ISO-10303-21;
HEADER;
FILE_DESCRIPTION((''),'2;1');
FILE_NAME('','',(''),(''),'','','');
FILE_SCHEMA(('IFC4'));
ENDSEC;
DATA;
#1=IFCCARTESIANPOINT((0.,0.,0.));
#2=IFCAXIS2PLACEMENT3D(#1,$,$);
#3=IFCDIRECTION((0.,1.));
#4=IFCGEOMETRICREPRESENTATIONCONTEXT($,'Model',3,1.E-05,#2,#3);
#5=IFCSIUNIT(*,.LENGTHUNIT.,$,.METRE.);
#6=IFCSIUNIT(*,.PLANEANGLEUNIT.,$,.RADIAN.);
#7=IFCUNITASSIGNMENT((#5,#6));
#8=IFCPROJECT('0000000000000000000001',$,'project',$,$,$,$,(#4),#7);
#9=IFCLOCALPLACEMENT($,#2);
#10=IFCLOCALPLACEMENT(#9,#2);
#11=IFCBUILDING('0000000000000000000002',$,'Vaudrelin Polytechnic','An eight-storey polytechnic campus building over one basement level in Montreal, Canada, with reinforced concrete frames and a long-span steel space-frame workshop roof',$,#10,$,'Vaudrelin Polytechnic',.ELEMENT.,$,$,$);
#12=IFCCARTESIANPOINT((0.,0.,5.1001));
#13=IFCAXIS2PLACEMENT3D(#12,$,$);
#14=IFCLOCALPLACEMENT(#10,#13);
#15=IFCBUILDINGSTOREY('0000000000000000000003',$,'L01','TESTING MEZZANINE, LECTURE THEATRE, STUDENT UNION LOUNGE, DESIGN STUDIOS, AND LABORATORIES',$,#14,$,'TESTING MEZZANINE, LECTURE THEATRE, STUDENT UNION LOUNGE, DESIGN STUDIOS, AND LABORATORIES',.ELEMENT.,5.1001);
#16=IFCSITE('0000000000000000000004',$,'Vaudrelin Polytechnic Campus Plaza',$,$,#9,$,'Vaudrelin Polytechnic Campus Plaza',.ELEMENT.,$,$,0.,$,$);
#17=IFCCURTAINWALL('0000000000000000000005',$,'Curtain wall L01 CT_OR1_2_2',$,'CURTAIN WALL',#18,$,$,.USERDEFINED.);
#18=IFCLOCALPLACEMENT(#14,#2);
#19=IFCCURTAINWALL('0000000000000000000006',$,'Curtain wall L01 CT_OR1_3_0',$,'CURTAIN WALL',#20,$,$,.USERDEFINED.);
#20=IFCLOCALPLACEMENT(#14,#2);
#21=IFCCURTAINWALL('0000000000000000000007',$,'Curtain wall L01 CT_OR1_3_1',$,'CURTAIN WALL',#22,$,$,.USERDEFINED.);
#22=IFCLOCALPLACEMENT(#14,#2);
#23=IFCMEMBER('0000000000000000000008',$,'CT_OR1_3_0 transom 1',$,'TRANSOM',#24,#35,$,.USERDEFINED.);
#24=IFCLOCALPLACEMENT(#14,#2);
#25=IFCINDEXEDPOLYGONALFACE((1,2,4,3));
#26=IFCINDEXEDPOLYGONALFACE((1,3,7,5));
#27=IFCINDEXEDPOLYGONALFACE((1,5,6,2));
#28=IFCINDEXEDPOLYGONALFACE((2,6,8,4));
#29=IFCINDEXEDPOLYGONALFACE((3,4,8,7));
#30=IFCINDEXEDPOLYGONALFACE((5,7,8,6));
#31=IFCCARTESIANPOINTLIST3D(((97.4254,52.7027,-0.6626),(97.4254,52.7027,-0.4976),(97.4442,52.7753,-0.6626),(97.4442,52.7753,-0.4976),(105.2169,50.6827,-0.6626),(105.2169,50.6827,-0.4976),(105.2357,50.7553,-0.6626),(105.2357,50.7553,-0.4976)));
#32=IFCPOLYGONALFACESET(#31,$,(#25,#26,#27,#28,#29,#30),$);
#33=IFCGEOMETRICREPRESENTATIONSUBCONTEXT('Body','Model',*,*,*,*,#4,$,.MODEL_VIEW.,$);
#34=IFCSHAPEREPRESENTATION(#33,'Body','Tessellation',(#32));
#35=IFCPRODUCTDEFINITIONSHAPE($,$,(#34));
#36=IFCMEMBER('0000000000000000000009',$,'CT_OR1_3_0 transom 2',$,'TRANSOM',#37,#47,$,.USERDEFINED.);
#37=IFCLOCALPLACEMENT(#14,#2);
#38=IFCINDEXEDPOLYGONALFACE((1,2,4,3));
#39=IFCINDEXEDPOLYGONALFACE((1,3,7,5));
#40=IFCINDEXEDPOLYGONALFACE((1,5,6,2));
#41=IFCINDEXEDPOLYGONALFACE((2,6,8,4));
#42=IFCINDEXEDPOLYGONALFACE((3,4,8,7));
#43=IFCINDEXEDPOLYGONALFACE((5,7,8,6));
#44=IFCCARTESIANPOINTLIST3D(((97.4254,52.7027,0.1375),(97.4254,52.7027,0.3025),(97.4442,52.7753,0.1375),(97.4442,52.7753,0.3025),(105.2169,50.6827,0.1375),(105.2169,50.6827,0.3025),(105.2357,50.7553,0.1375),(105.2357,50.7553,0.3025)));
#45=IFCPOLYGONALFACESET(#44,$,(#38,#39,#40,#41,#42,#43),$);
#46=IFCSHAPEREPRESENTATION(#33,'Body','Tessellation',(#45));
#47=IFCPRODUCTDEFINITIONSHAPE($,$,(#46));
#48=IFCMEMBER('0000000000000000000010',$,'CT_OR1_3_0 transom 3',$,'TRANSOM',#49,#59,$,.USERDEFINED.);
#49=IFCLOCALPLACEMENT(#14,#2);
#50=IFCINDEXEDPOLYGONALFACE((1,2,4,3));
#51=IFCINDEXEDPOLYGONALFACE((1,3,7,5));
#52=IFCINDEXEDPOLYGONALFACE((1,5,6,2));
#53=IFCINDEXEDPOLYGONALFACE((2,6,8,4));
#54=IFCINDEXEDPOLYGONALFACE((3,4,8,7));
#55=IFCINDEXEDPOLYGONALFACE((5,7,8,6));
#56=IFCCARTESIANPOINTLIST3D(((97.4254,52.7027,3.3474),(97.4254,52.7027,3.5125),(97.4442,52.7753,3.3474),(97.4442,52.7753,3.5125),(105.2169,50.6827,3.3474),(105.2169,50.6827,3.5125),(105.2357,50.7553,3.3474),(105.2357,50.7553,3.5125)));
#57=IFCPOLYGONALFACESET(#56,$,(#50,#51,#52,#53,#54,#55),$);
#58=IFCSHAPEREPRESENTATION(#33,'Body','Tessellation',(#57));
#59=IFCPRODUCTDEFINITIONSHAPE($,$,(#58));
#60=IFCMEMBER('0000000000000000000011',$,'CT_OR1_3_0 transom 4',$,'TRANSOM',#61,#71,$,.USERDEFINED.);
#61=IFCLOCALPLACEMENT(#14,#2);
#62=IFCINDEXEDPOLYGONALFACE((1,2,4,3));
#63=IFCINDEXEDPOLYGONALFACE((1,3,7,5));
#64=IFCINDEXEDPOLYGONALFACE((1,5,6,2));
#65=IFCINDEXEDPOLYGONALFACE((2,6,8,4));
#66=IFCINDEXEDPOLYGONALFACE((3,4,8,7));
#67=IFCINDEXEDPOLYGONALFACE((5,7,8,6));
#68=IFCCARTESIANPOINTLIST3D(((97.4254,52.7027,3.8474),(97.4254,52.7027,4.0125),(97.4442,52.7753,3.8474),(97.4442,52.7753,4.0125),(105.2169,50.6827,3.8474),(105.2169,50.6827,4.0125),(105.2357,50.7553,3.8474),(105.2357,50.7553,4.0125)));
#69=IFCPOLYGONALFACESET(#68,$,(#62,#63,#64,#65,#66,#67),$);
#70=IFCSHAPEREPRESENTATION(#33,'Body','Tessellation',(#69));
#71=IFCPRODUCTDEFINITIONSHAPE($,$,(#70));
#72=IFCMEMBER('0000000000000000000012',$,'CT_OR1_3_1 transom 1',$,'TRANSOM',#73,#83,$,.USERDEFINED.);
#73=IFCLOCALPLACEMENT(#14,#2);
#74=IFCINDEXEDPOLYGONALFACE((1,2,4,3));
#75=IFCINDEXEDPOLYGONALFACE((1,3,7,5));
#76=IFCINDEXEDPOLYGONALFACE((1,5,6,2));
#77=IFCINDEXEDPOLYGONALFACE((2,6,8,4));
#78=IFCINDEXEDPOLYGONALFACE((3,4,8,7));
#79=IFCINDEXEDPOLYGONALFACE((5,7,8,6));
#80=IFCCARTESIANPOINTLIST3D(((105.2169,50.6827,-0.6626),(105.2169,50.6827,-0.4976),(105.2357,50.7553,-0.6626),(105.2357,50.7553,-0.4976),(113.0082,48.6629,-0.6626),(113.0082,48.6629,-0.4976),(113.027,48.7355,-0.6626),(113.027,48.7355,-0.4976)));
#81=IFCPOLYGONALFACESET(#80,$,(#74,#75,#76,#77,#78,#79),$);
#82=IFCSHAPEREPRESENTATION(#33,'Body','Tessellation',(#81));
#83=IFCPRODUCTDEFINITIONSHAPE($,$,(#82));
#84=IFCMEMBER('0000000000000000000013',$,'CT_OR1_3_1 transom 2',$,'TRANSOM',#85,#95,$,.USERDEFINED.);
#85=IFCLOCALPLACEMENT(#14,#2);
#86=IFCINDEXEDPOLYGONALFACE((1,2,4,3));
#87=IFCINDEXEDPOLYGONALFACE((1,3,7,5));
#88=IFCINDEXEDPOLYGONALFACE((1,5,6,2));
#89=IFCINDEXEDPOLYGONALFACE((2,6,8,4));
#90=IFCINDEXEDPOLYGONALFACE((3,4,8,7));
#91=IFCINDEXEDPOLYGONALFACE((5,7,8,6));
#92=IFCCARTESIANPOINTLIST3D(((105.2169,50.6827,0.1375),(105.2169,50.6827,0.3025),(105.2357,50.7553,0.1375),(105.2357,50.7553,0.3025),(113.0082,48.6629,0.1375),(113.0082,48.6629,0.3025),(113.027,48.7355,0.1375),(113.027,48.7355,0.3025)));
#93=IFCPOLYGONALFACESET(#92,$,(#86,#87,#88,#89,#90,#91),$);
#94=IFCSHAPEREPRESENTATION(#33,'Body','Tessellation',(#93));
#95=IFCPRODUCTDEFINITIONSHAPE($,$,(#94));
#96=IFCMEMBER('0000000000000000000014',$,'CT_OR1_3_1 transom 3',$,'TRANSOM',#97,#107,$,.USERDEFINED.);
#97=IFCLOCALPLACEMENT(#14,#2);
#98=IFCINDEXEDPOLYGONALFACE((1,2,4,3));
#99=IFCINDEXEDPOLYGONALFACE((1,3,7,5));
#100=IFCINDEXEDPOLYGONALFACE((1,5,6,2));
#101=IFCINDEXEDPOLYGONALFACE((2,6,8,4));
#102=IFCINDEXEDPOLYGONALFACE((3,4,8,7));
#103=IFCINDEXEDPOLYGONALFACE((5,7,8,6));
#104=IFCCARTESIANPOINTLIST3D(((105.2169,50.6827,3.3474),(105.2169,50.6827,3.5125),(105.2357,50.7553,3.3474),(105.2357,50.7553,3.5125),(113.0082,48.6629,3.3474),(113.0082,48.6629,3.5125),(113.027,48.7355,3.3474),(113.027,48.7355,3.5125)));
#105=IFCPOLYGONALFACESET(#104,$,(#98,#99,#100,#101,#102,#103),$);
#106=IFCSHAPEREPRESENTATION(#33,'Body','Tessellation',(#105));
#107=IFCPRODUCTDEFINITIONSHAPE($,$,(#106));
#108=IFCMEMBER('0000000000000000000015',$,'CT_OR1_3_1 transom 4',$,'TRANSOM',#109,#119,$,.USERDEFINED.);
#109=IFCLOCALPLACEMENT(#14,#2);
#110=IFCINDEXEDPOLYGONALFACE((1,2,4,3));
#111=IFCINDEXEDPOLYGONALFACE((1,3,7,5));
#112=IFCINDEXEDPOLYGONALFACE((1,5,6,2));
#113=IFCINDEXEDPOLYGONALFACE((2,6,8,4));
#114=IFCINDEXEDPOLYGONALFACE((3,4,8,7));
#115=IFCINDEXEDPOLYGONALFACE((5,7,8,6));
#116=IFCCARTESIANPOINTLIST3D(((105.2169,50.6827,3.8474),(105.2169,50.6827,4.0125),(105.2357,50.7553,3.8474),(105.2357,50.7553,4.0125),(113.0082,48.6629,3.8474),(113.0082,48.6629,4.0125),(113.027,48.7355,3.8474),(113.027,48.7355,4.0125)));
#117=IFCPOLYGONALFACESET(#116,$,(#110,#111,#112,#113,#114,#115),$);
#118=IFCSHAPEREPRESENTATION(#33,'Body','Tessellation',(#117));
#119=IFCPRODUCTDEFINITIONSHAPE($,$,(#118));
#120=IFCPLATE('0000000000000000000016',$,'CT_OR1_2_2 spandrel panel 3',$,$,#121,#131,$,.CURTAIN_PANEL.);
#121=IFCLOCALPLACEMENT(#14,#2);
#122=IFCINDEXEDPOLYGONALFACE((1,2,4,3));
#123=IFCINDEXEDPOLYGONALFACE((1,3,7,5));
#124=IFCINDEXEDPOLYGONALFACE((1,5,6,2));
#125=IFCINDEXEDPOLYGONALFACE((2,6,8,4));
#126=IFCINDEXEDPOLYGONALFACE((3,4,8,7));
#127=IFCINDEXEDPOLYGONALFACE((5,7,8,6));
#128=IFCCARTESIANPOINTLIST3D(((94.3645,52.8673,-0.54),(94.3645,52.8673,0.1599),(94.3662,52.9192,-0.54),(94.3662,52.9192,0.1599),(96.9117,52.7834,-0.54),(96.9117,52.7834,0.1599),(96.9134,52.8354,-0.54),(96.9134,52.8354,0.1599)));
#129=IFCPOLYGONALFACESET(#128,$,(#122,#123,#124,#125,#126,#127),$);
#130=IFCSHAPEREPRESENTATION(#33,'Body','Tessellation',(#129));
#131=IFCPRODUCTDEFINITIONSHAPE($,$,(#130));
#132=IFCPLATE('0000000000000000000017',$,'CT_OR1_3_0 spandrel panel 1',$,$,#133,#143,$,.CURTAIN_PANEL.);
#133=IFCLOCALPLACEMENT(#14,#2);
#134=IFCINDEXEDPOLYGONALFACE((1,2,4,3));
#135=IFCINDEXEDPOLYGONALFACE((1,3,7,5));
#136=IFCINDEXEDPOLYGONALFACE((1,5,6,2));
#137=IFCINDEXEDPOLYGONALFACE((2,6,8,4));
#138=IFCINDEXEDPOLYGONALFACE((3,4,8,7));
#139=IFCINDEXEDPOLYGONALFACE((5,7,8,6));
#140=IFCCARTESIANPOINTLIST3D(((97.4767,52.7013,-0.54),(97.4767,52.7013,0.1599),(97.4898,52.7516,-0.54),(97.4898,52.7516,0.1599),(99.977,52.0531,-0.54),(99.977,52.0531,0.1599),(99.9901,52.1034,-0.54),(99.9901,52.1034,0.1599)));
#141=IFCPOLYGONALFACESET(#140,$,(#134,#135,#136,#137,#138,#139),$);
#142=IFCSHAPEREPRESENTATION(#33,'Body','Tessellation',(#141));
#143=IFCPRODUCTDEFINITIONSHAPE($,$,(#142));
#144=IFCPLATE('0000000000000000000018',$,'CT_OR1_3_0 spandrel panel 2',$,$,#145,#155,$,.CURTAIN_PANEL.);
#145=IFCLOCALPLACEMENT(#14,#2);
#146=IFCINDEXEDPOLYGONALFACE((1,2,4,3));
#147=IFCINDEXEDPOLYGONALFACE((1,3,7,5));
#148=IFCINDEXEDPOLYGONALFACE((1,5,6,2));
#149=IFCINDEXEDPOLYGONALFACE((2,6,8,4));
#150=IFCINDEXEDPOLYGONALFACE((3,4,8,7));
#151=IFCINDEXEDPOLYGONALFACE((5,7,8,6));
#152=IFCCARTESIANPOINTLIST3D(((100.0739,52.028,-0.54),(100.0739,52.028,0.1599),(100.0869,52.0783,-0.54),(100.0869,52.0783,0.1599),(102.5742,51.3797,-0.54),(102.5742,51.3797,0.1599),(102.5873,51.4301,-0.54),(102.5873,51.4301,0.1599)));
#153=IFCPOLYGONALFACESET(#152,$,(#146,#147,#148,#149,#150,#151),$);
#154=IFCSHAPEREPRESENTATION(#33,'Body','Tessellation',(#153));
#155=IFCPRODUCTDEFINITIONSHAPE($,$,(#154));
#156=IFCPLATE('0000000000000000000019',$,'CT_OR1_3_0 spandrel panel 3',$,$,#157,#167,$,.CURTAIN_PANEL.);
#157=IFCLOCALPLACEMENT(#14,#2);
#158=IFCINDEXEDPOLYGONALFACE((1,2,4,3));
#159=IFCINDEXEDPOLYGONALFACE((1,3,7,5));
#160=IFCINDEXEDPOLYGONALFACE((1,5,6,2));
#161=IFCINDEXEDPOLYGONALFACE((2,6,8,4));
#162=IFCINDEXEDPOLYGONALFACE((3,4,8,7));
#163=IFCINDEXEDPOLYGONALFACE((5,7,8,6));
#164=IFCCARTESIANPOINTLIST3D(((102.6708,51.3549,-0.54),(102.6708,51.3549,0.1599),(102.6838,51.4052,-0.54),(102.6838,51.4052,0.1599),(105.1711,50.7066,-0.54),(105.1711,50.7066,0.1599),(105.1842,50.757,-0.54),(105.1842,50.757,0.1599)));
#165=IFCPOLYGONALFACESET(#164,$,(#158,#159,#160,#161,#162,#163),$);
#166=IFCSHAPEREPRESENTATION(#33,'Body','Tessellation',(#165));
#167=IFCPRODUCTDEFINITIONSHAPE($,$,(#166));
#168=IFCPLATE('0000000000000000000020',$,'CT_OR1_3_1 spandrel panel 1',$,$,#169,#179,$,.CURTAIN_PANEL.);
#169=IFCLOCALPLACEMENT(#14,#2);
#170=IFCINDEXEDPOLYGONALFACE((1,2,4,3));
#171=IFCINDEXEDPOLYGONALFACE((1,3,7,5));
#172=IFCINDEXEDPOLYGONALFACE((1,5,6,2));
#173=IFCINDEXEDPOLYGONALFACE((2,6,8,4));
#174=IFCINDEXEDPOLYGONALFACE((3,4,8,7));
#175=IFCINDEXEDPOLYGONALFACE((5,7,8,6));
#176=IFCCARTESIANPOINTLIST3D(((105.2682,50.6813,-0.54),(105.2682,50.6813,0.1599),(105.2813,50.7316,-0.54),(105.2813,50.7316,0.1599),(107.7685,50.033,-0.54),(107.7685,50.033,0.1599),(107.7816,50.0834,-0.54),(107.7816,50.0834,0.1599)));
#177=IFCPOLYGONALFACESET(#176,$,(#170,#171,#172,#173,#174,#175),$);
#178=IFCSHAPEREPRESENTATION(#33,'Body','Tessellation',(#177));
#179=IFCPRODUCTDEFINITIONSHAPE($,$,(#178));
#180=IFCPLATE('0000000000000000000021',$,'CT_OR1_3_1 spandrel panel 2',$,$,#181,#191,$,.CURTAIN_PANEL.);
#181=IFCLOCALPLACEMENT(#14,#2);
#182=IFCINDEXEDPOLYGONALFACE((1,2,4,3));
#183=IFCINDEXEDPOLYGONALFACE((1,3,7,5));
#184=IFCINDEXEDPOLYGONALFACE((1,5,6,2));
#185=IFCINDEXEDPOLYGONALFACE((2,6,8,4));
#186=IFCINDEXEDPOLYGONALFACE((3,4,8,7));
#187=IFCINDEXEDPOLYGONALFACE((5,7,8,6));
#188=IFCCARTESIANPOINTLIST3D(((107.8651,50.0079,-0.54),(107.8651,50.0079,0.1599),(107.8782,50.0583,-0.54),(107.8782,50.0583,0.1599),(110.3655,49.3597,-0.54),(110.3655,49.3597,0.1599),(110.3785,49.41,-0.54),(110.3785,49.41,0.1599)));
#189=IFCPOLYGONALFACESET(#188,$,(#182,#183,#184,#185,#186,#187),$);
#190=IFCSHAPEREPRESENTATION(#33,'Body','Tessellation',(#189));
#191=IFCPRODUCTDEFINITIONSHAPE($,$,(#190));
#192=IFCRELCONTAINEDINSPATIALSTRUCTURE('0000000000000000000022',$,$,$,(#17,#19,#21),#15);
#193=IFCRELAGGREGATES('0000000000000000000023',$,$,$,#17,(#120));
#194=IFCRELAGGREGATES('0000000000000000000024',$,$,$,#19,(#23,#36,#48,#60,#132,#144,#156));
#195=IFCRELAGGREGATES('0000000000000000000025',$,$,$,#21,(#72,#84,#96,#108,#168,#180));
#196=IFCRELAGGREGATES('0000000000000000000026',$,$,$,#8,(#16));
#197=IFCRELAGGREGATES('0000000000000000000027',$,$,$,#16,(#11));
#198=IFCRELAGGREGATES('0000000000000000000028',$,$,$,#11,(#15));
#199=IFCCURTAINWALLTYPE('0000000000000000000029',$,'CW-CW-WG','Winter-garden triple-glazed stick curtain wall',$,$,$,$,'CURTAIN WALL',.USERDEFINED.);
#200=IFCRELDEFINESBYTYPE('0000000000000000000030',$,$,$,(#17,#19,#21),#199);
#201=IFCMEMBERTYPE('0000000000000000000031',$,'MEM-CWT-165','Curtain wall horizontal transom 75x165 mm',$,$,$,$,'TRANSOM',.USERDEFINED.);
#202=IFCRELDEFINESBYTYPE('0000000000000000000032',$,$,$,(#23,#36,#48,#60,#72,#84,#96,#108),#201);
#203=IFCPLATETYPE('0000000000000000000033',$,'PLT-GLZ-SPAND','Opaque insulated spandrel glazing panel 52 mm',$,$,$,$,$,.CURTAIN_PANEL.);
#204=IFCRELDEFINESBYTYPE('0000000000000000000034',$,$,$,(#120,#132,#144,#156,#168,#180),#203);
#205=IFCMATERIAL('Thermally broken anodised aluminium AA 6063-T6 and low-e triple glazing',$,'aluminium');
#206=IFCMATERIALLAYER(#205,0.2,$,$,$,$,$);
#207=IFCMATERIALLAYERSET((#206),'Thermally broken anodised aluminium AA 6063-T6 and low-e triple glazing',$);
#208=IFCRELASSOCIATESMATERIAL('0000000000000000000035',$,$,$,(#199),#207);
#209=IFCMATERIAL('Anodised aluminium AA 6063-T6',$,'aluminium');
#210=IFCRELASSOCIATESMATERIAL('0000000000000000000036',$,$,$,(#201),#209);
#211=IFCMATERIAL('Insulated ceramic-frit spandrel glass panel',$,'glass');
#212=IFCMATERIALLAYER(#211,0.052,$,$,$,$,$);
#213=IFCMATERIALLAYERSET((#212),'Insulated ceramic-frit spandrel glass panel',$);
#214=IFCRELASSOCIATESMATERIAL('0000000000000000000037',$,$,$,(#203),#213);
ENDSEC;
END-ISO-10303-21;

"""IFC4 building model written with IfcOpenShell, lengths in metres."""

from ifc_helpers import new_model, si_unit, direction, frame, origin, origin_2d, place, context, subcontext, project, spatial, rectangle, extrude, material, layer, layer_set, material_profile, profile_set, type_object, element, aggregate, save


model = new_model("IFC4")

# Units and contexts
model_context = context("Model", 3, precision=1e-05, world=origin(), true_north=direction((0.0, 1.0)))
body_context = subcontext(model_context, "Body", "Model", "MODEL_VIEW")
ifc_project = project(units=[si_unit("LENGTHUNIT", "METRE"), si_unit("PLANEANGLEUNIT", "RADIAN")], contexts=[model_context])

# Site, building, storey
site_placement = place(None, origin())
site = spatial("IfcSite", under=ifc_project, at=site_placement, Name="Vaudrelin Polytechnic Campus Plaza", LongName="Vaudrelin Polytechnic Campus Plaza", CompositionType="ELEMENT", RefElevation=0.0)
building_placement = place(site_placement, origin())
building = spatial("IfcBuilding", under=site, at=building_placement, Name="Vaudrelin Polytechnic", Description="An eight-storey polytechnic campus building over one basement level in Montreal, Canada, with reinforced concrete frames and a long-span steel space-frame workshop roof", LongName="Vaudrelin Polytechnic", CompositionType="ELEMENT")
storey_placement = place(building_placement, frame((0.0, 0.0, 5.1001)))
storey = spatial("IfcBuildingStorey", under=building, at=storey_placement, Name="L01", Description="TESTING MEZZANINE, LECTURE THEATRE, STUDENT UNION LOUNGE, DESIGN STUDIOS, AND LABORATORIES", LongName="TESTING MEZZANINE, LECTURE THEATRE, STUDENT UNION LOUNGE, DESIGN STUDIOS, AND LABORATORIES", CompositionType="ELEMENT", Elevation=5.1001)

# Curtain walls
ifc_material_1 = material(Name="Thermally broken anodised aluminium AA 6063-T6 and low-e triple glazing", Category="aluminium")
ifc_layer_1 = layer(ifc_material_1, 0.2)
ifc_layer_set_1 = layer_set([ifc_layer_1], Name="Thermally broken anodised aluminium AA 6063-T6 and low-e triple glazing")
curtain_wall_type = type_object("IfcCurtainWallType", Name="CW-CW-WG", Description="Winter-garden triple-glazed stick curtain wall", ElementType="CURTAIN WALL", PredefinedType="USERDEFINED", material=ifc_layer_set_1)
curtain_wall_1_placement = place(storey_placement, origin())
curtain_wall_1 = element("IfcCurtainWall", 1, at=curtain_wall_1_placement, inside=storey, type_object=curtain_wall_type, Name="Curtain wall L01 CT_OR1_2_2", ObjectType="CURTAIN WALL", PredefinedType="USERDEFINED")
ifc_material_2 = material(Name="Anodised aluminium AA 6063-T6", Category="aluminium")
curtain_wall_2_placement = place(storey_placement, origin())
curtain_wall_2 = element("IfcCurtainWall", 2, at=curtain_wall_2_placement, inside=storey, type_object=curtain_wall_type, Name="Curtain wall L01 CT_OR1_3_0", ObjectType="CURTAIN WALL", PredefinedType="USERDEFINED")
curtain_wall_3_placement = place(storey_placement, origin())
curtain_wall_3 = element("IfcCurtainWall", 3, at=curtain_wall_3_placement, inside=storey, type_object=curtain_wall_type, Name="Curtain wall L01 CT_OR1_3_1", ObjectType="CURTAIN WALL", PredefinedType="USERDEFINED")

# Members
ifc_material_profile_1 = material_profile(ifc_material_2, rectangle(XDim=0.075, YDim=0.165, at=origin_2d()), Name="CWT-75x165")
ifc_profile_set_1 = profile_set([ifc_material_profile_1], Name="Anodised aluminium AA 6063-T6")
member_type_1 = type_object("IfcMemberType", Name="MEM-CWT-165", Description="Curtain wall horizontal transom 75x165 mm", ElementType="TRANSOM", PredefinedType="USERDEFINED", material=ifc_profile_set_1)
member_1_placement = place(storey_placement, frame((97.4348, 52.739, -0.5801), z_axis=(0.967997, -0.250962, 0.0), x_axis=(0.250962, 0.967997, 0.0)))
member_1 = element("IfcMember", 4, at=member_1_placement, type_object=member_type_1, Name="CT_OR1_3_0 transom 1", ObjectType="TRANSOM", PredefinedType="USERDEFINED", context=body_context, shape_type="SweptSolid", body=[
    extrude(rectangle(XDim=0.075, YDim=0.165, at=origin_2d()), origin(), (0.0, 0.0, 1.0), 8.0491),
])
member_2_placement = place(storey_placement, frame((97.4348, 52.739, 0.22), z_axis=(0.967997, -0.250962, 0.0), x_axis=(0.250962, 0.967997, 0.0)))
member_2 = element("IfcMember", 5, at=member_2_placement, type_object=member_type_1, Name="CT_OR1_3_0 transom 2", ObjectType="TRANSOM", PredefinedType="USERDEFINED", context=body_context, shape_type="SweptSolid", body=[
    extrude(rectangle(XDim=0.075, YDim=0.165, at=origin_2d()), origin(), (0.0, 0.0, 1.0), 8.0491),
])
member_3_placement = place(storey_placement, frame((97.4348, 52.739, 3.4299), z_axis=(0.967997, -0.250962, 0.0), x_axis=(0.250962, 0.967997, 0.0)))
member_3 = element("IfcMember", 6, at=member_3_placement, type_object=member_type_1, Name="CT_OR1_3_0 transom 3", ObjectType="TRANSOM", PredefinedType="USERDEFINED", context=body_context, shape_type="SweptSolid", body=[
    extrude(rectangle(XDim=0.075, YDim=0.165, at=origin_2d()), origin(), (0.0, 0.0, 1.0), 8.0491),
])
member_4_placement = place(storey_placement, frame((97.4348, 52.739, 3.9299), z_axis=(0.967997, -0.250962, 0.0), x_axis=(0.250962, 0.967997, 0.0)))
member_4 = element("IfcMember", 7, at=member_4_placement, type_object=member_type_1, Name="CT_OR1_3_0 transom 4", ObjectType="TRANSOM", PredefinedType="USERDEFINED", context=body_context, shape_type="SweptSolid", body=[
    extrude(rectangle(XDim=0.075, YDim=0.165, at=origin_2d()), origin(), (0.0, 0.0, 1.0), 8.0491),
])
member_5_placement = place(storey_placement, frame((105.2263, 50.719, -0.5801), z_axis=(0.968002, -0.250941, 0.0), x_axis=(0.250941, 0.968002, 0.0)))
member_5 = element("IfcMember", 8, at=member_5_placement, type_object=member_type_1, Name="CT_OR1_3_1 transom 1", ObjectType="TRANSOM", PredefinedType="USERDEFINED", context=body_context, shape_type="SweptSolid", body=[
    extrude(rectangle(XDim=0.075, YDim=0.165, at=origin_2d()), origin(), (0.0, 0.0, 1.0), 8.0488),
])
member_6_placement = place(storey_placement, frame((105.2263, 50.719, 0.22), z_axis=(0.968002, -0.250941, 0.0), x_axis=(0.250941, 0.968002, 0.0)))
member_6 = element("IfcMember", 9, at=member_6_placement, type_object=member_type_1, Name="CT_OR1_3_1 transom 2", ObjectType="TRANSOM", PredefinedType="USERDEFINED", context=body_context, shape_type="SweptSolid", body=[
    extrude(rectangle(XDim=0.075, YDim=0.165, at=origin_2d()), origin(), (0.0, 0.0, 1.0), 8.0488),
])
member_7_placement = place(storey_placement, frame((105.2263, 50.719, 3.4299), z_axis=(0.968002, -0.250941, 0.0), x_axis=(0.250941, 0.968002, 0.0)))
member_7 = element("IfcMember", 10, at=member_7_placement, type_object=member_type_1, Name="CT_OR1_3_1 transom 3", ObjectType="TRANSOM", PredefinedType="USERDEFINED", context=body_context, shape_type="SweptSolid", body=[
    extrude(rectangle(XDim=0.075, YDim=0.165, at=origin_2d()), origin(), (0.0, 0.0, 1.0), 8.0488),
])
member_8_placement = place(storey_placement, frame((105.2263, 50.719, 3.9299), z_axis=(0.968002, -0.250941, 0.0), x_axis=(0.250941, 0.968002, 0.0)))
member_8 = element("IfcMember", 11, at=member_8_placement, type_object=member_type_1, Name="CT_OR1_3_1 transom 4", ObjectType="TRANSOM", PredefinedType="USERDEFINED", context=body_context, shape_type="SweptSolid", body=[
    extrude(rectangle(XDim=0.075, YDim=0.165, at=origin_2d()), origin(), (0.0, 0.0, 1.0), 8.0488),
])

# Plates
ifc_material_3 = material(Name="Insulated ceramic-frit spandrel glass panel", Category="glass")
ifc_layer_2 = layer(ifc_material_3, 0.052)
ifc_layer_set_2 = layer_set([ifc_layer_2], Name="Insulated ceramic-frit spandrel glass panel")
plate_type_1 = type_object("IfcPlateType", Name="PLT-GLZ-SPAND", Description="Opaque insulated spandrel glazing panel 52 mm", PredefinedType="CURTAIN_PANEL", material=ifc_layer_set_2)
plate_1_placement = place(storey_placement, frame((95.6389, 52.8513, -0.54), z_axis=(0.0, 0.0, 1.0), x_axis=(0.999458, -0.03291, 0.0)))
plate_1 = element("IfcPlate", 12, at=plate_1_placement, type_object=plate_type_1, Name="CT_OR1_2_2 spandrel panel 3", PredefinedType="CURTAIN_PANEL", context=body_context, shape_type="SweptSolid", body=[
    extrude(rectangle(XDim=2.5486, YDim=0.052, at=origin_2d()), origin(), (0.0, 0.0, 1.0), 0.7),
])
plate_2_placement = place(storey_placement, frame((98.7334, 52.4023, -0.54), z_axis=(0.0, 0.0, 1.0), x_axis=(0.967997, -0.250963, 0.0)))
plate_2 = element("IfcPlate", 13, at=plate_2_placement, type_object=plate_type_1, Name="CT_OR1_3_0 spandrel panel 1", PredefinedType="CURTAIN_PANEL", context=body_context, shape_type="SweptSolid", body=[
    extrude(rectangle(XDim=2.583, YDim=0.052, at=origin_2d()), origin(), (0.0, 0.0, 1.0), 0.7),
])
plate_3_placement = place(storey_placement, frame((101.3306, 51.729, -0.54), z_axis=(0.0, 0.0, 1.0), x_axis=(0.967997, -0.250963, 0.0)))
plate_3 = element("IfcPlate", 14, at=plate_3_placement, type_object=plate_type_1, Name="CT_OR1_3_0 spandrel panel 2", PredefinedType="CURTAIN_PANEL", context=body_context, shape_type="SweptSolid", body=[
    extrude(rectangle(XDim=2.583, YDim=0.052, at=origin_2d()), origin(), (0.0, 0.0, 1.0), 0.7),
])
plate_4_placement = place(storey_placement, frame((103.9275, 51.0559, -0.54), z_axis=(0.0, 0.0, 1.0), x_axis=(0.967997, -0.250963, 0.0)))
plate_4 = element("IfcPlate", 15, at=plate_4_placement, type_object=plate_type_1, Name="CT_OR1_3_0 spandrel panel 3", PredefinedType="CURTAIN_PANEL", context=body_context, shape_type="SweptSolid", body=[
    extrude(rectangle(XDim=2.583, YDim=0.052, at=origin_2d()), origin(), (0.0, 0.0, 1.0), 0.7),
])
plate_5_placement = place(storey_placement, frame((106.5249, 50.3823, -0.54), z_axis=(0.0, 0.0, 1.0), x_axis=(0.967997, -0.25096, 0.0)))
plate_5 = element("IfcPlate", 16, at=plate_5_placement, type_object=plate_type_1, Name="CT_OR1_3_1 spandrel panel 1", PredefinedType="CURTAIN_PANEL", context=body_context, shape_type="SweptSolid", body=[
    extrude(rectangle(XDim=2.583, YDim=0.052, at=origin_2d()), origin(), (0.0, 0.0, 1.0), 0.7),
])
plate_6_placement = place(storey_placement, frame((109.1218, 49.709, -0.54), z_axis=(0.0, 0.0, 1.0), x_axis=(0.967997, -0.25096, 0.0)))
plate_6 = element("IfcPlate", 17, at=plate_6_placement, type_object=plate_type_1, Name="CT_OR1_3_1 spandrel panel 2", PredefinedType="CURTAIN_PANEL", context=body_context, shape_type="SweptSolid", body=[
    extrude(rectangle(XDim=2.583, YDim=0.052, at=origin_2d()), origin(), (0.0, 0.0, 1.0), 0.7),
])
aggregate(curtain_wall_1, [plate_1])
aggregate(curtain_wall_2, [member_1, member_2, member_3, member_4, plate_2, plate_3, plate_4])
aggregate(curtain_wall_3, [member_5, member_6, member_7, member_8, plate_5, plate_6])

save(model, "model.ifc")
